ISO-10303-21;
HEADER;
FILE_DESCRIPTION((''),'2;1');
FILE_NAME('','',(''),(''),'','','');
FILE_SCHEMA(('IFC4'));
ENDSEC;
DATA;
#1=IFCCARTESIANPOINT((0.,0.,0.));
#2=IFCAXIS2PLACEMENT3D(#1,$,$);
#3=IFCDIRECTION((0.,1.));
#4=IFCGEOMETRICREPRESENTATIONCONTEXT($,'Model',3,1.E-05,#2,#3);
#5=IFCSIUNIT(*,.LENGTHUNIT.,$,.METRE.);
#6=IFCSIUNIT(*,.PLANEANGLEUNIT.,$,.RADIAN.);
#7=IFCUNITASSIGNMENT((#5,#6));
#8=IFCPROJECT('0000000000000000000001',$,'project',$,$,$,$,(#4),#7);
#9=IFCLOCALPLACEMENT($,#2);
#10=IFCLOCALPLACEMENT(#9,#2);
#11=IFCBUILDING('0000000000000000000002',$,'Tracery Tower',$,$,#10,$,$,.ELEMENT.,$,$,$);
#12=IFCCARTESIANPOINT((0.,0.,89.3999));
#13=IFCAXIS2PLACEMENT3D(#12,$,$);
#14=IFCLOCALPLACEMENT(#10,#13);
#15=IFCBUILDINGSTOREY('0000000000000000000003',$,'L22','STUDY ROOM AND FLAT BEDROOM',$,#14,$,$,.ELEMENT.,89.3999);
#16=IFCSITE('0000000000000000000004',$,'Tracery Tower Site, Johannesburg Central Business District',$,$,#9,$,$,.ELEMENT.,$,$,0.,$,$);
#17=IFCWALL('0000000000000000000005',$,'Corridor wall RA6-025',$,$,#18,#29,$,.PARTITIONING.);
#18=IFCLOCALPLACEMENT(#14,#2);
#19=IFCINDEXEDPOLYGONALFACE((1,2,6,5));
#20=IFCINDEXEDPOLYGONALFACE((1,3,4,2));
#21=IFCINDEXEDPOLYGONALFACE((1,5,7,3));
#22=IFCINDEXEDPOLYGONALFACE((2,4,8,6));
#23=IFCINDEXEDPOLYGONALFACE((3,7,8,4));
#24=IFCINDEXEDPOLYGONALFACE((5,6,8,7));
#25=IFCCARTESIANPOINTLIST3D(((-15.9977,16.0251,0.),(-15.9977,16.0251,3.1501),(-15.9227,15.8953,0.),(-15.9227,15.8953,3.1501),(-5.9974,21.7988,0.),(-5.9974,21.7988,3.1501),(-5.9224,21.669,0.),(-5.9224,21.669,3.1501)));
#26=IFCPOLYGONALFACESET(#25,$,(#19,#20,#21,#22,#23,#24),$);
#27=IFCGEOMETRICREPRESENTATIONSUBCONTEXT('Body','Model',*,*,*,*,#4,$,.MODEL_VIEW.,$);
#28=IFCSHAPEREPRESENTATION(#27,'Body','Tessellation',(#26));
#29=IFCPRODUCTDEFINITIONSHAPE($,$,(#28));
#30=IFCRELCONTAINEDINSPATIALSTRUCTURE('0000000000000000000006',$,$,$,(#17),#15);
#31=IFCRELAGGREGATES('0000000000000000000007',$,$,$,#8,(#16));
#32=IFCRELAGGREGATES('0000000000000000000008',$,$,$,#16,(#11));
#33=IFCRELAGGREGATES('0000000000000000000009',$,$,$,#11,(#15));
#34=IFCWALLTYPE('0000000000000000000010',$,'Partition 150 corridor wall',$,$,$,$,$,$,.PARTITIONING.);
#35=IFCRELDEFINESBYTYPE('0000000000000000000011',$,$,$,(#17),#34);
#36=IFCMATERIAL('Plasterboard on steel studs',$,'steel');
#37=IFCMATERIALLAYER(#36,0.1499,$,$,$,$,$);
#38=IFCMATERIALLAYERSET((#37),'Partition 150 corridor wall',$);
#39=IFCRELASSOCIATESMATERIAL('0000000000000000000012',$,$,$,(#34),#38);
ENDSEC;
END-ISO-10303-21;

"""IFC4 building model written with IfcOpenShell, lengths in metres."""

from ifc_helpers import new_model, si_unit, direction, frame, frame_2d, origin, place, context, subcontext, project, spatial, rectangle, extrude, material, layer, layer_set, type_object, element, save


model = new_model("IFC4")

# Units and contexts
model_context = context("Model", 3, precision=1e-05, world=origin(), true_north=direction((0.0, 1.0)))
body_context = subcontext(model_context, "Body", "Model", "MODEL_VIEW")
ifc_project = project(units=[si_unit("LENGTHUNIT", "METRE"), si_unit("PLANEANGLEUNIT", "RADIAN")], contexts=[model_context])

# Site, building, storey
site_placement = place(None, origin())
site = spatial("IfcSite", under=ifc_project, at=site_placement, Name="Tracery Tower Site, Johannesburg Central Business District", CompositionType="ELEMENT", RefElevation=0.0)
building_placement = place(site_placement, origin())
building = spatial("IfcBuilding", under=site, at=building_placement, Name="Tracery Tower", CompositionType="ELEMENT")
storey_placement = place(building_placement, frame((0.0, 0.0, 89.3999)))
storey = spatial("IfcBuildingStorey", under=building, at=storey_placement, Name="L22", Description="STUDY ROOM AND FLAT BEDROOM", CompositionType="ELEMENT", Elevation=89.3999)

# Wall
ifc_material_1 = material(Name="Plasterboard on steel studs", Category="steel")
ifc_layer_1 = layer(ifc_material_1, 0.1499)
ifc_layer_set_1 = layer_set([ifc_layer_1], Name="Partition 150 corridor wall")
wall_type_1 = type_object("IfcWallType", Name="Partition 150 corridor wall", PredefinedType="PARTITIONING", material=ifc_layer_set_1)
wall_1_placement = place(storey_placement, frame((-15.9602, 15.9602, 0.0), z_axis=(0.0, 0.0, 1.0), x_axis=(0.866024, 0.500002, 0.0)))
element("IfcWall", 1, at=wall_1_placement, inside=storey, type_object=wall_type_1, Name="Corridor wall RA6-025", PredefinedType="PARTITIONING", context=body_context, shape_type="SweptSolid", body=[
    extrude(rectangle(XDim=11.5474, YDim=0.1499, at=frame_2d((5.7737, 0.0))), origin(), (0.0, 0.0, 1.0), 3.1501),
])

save(model, "model.ifc")
